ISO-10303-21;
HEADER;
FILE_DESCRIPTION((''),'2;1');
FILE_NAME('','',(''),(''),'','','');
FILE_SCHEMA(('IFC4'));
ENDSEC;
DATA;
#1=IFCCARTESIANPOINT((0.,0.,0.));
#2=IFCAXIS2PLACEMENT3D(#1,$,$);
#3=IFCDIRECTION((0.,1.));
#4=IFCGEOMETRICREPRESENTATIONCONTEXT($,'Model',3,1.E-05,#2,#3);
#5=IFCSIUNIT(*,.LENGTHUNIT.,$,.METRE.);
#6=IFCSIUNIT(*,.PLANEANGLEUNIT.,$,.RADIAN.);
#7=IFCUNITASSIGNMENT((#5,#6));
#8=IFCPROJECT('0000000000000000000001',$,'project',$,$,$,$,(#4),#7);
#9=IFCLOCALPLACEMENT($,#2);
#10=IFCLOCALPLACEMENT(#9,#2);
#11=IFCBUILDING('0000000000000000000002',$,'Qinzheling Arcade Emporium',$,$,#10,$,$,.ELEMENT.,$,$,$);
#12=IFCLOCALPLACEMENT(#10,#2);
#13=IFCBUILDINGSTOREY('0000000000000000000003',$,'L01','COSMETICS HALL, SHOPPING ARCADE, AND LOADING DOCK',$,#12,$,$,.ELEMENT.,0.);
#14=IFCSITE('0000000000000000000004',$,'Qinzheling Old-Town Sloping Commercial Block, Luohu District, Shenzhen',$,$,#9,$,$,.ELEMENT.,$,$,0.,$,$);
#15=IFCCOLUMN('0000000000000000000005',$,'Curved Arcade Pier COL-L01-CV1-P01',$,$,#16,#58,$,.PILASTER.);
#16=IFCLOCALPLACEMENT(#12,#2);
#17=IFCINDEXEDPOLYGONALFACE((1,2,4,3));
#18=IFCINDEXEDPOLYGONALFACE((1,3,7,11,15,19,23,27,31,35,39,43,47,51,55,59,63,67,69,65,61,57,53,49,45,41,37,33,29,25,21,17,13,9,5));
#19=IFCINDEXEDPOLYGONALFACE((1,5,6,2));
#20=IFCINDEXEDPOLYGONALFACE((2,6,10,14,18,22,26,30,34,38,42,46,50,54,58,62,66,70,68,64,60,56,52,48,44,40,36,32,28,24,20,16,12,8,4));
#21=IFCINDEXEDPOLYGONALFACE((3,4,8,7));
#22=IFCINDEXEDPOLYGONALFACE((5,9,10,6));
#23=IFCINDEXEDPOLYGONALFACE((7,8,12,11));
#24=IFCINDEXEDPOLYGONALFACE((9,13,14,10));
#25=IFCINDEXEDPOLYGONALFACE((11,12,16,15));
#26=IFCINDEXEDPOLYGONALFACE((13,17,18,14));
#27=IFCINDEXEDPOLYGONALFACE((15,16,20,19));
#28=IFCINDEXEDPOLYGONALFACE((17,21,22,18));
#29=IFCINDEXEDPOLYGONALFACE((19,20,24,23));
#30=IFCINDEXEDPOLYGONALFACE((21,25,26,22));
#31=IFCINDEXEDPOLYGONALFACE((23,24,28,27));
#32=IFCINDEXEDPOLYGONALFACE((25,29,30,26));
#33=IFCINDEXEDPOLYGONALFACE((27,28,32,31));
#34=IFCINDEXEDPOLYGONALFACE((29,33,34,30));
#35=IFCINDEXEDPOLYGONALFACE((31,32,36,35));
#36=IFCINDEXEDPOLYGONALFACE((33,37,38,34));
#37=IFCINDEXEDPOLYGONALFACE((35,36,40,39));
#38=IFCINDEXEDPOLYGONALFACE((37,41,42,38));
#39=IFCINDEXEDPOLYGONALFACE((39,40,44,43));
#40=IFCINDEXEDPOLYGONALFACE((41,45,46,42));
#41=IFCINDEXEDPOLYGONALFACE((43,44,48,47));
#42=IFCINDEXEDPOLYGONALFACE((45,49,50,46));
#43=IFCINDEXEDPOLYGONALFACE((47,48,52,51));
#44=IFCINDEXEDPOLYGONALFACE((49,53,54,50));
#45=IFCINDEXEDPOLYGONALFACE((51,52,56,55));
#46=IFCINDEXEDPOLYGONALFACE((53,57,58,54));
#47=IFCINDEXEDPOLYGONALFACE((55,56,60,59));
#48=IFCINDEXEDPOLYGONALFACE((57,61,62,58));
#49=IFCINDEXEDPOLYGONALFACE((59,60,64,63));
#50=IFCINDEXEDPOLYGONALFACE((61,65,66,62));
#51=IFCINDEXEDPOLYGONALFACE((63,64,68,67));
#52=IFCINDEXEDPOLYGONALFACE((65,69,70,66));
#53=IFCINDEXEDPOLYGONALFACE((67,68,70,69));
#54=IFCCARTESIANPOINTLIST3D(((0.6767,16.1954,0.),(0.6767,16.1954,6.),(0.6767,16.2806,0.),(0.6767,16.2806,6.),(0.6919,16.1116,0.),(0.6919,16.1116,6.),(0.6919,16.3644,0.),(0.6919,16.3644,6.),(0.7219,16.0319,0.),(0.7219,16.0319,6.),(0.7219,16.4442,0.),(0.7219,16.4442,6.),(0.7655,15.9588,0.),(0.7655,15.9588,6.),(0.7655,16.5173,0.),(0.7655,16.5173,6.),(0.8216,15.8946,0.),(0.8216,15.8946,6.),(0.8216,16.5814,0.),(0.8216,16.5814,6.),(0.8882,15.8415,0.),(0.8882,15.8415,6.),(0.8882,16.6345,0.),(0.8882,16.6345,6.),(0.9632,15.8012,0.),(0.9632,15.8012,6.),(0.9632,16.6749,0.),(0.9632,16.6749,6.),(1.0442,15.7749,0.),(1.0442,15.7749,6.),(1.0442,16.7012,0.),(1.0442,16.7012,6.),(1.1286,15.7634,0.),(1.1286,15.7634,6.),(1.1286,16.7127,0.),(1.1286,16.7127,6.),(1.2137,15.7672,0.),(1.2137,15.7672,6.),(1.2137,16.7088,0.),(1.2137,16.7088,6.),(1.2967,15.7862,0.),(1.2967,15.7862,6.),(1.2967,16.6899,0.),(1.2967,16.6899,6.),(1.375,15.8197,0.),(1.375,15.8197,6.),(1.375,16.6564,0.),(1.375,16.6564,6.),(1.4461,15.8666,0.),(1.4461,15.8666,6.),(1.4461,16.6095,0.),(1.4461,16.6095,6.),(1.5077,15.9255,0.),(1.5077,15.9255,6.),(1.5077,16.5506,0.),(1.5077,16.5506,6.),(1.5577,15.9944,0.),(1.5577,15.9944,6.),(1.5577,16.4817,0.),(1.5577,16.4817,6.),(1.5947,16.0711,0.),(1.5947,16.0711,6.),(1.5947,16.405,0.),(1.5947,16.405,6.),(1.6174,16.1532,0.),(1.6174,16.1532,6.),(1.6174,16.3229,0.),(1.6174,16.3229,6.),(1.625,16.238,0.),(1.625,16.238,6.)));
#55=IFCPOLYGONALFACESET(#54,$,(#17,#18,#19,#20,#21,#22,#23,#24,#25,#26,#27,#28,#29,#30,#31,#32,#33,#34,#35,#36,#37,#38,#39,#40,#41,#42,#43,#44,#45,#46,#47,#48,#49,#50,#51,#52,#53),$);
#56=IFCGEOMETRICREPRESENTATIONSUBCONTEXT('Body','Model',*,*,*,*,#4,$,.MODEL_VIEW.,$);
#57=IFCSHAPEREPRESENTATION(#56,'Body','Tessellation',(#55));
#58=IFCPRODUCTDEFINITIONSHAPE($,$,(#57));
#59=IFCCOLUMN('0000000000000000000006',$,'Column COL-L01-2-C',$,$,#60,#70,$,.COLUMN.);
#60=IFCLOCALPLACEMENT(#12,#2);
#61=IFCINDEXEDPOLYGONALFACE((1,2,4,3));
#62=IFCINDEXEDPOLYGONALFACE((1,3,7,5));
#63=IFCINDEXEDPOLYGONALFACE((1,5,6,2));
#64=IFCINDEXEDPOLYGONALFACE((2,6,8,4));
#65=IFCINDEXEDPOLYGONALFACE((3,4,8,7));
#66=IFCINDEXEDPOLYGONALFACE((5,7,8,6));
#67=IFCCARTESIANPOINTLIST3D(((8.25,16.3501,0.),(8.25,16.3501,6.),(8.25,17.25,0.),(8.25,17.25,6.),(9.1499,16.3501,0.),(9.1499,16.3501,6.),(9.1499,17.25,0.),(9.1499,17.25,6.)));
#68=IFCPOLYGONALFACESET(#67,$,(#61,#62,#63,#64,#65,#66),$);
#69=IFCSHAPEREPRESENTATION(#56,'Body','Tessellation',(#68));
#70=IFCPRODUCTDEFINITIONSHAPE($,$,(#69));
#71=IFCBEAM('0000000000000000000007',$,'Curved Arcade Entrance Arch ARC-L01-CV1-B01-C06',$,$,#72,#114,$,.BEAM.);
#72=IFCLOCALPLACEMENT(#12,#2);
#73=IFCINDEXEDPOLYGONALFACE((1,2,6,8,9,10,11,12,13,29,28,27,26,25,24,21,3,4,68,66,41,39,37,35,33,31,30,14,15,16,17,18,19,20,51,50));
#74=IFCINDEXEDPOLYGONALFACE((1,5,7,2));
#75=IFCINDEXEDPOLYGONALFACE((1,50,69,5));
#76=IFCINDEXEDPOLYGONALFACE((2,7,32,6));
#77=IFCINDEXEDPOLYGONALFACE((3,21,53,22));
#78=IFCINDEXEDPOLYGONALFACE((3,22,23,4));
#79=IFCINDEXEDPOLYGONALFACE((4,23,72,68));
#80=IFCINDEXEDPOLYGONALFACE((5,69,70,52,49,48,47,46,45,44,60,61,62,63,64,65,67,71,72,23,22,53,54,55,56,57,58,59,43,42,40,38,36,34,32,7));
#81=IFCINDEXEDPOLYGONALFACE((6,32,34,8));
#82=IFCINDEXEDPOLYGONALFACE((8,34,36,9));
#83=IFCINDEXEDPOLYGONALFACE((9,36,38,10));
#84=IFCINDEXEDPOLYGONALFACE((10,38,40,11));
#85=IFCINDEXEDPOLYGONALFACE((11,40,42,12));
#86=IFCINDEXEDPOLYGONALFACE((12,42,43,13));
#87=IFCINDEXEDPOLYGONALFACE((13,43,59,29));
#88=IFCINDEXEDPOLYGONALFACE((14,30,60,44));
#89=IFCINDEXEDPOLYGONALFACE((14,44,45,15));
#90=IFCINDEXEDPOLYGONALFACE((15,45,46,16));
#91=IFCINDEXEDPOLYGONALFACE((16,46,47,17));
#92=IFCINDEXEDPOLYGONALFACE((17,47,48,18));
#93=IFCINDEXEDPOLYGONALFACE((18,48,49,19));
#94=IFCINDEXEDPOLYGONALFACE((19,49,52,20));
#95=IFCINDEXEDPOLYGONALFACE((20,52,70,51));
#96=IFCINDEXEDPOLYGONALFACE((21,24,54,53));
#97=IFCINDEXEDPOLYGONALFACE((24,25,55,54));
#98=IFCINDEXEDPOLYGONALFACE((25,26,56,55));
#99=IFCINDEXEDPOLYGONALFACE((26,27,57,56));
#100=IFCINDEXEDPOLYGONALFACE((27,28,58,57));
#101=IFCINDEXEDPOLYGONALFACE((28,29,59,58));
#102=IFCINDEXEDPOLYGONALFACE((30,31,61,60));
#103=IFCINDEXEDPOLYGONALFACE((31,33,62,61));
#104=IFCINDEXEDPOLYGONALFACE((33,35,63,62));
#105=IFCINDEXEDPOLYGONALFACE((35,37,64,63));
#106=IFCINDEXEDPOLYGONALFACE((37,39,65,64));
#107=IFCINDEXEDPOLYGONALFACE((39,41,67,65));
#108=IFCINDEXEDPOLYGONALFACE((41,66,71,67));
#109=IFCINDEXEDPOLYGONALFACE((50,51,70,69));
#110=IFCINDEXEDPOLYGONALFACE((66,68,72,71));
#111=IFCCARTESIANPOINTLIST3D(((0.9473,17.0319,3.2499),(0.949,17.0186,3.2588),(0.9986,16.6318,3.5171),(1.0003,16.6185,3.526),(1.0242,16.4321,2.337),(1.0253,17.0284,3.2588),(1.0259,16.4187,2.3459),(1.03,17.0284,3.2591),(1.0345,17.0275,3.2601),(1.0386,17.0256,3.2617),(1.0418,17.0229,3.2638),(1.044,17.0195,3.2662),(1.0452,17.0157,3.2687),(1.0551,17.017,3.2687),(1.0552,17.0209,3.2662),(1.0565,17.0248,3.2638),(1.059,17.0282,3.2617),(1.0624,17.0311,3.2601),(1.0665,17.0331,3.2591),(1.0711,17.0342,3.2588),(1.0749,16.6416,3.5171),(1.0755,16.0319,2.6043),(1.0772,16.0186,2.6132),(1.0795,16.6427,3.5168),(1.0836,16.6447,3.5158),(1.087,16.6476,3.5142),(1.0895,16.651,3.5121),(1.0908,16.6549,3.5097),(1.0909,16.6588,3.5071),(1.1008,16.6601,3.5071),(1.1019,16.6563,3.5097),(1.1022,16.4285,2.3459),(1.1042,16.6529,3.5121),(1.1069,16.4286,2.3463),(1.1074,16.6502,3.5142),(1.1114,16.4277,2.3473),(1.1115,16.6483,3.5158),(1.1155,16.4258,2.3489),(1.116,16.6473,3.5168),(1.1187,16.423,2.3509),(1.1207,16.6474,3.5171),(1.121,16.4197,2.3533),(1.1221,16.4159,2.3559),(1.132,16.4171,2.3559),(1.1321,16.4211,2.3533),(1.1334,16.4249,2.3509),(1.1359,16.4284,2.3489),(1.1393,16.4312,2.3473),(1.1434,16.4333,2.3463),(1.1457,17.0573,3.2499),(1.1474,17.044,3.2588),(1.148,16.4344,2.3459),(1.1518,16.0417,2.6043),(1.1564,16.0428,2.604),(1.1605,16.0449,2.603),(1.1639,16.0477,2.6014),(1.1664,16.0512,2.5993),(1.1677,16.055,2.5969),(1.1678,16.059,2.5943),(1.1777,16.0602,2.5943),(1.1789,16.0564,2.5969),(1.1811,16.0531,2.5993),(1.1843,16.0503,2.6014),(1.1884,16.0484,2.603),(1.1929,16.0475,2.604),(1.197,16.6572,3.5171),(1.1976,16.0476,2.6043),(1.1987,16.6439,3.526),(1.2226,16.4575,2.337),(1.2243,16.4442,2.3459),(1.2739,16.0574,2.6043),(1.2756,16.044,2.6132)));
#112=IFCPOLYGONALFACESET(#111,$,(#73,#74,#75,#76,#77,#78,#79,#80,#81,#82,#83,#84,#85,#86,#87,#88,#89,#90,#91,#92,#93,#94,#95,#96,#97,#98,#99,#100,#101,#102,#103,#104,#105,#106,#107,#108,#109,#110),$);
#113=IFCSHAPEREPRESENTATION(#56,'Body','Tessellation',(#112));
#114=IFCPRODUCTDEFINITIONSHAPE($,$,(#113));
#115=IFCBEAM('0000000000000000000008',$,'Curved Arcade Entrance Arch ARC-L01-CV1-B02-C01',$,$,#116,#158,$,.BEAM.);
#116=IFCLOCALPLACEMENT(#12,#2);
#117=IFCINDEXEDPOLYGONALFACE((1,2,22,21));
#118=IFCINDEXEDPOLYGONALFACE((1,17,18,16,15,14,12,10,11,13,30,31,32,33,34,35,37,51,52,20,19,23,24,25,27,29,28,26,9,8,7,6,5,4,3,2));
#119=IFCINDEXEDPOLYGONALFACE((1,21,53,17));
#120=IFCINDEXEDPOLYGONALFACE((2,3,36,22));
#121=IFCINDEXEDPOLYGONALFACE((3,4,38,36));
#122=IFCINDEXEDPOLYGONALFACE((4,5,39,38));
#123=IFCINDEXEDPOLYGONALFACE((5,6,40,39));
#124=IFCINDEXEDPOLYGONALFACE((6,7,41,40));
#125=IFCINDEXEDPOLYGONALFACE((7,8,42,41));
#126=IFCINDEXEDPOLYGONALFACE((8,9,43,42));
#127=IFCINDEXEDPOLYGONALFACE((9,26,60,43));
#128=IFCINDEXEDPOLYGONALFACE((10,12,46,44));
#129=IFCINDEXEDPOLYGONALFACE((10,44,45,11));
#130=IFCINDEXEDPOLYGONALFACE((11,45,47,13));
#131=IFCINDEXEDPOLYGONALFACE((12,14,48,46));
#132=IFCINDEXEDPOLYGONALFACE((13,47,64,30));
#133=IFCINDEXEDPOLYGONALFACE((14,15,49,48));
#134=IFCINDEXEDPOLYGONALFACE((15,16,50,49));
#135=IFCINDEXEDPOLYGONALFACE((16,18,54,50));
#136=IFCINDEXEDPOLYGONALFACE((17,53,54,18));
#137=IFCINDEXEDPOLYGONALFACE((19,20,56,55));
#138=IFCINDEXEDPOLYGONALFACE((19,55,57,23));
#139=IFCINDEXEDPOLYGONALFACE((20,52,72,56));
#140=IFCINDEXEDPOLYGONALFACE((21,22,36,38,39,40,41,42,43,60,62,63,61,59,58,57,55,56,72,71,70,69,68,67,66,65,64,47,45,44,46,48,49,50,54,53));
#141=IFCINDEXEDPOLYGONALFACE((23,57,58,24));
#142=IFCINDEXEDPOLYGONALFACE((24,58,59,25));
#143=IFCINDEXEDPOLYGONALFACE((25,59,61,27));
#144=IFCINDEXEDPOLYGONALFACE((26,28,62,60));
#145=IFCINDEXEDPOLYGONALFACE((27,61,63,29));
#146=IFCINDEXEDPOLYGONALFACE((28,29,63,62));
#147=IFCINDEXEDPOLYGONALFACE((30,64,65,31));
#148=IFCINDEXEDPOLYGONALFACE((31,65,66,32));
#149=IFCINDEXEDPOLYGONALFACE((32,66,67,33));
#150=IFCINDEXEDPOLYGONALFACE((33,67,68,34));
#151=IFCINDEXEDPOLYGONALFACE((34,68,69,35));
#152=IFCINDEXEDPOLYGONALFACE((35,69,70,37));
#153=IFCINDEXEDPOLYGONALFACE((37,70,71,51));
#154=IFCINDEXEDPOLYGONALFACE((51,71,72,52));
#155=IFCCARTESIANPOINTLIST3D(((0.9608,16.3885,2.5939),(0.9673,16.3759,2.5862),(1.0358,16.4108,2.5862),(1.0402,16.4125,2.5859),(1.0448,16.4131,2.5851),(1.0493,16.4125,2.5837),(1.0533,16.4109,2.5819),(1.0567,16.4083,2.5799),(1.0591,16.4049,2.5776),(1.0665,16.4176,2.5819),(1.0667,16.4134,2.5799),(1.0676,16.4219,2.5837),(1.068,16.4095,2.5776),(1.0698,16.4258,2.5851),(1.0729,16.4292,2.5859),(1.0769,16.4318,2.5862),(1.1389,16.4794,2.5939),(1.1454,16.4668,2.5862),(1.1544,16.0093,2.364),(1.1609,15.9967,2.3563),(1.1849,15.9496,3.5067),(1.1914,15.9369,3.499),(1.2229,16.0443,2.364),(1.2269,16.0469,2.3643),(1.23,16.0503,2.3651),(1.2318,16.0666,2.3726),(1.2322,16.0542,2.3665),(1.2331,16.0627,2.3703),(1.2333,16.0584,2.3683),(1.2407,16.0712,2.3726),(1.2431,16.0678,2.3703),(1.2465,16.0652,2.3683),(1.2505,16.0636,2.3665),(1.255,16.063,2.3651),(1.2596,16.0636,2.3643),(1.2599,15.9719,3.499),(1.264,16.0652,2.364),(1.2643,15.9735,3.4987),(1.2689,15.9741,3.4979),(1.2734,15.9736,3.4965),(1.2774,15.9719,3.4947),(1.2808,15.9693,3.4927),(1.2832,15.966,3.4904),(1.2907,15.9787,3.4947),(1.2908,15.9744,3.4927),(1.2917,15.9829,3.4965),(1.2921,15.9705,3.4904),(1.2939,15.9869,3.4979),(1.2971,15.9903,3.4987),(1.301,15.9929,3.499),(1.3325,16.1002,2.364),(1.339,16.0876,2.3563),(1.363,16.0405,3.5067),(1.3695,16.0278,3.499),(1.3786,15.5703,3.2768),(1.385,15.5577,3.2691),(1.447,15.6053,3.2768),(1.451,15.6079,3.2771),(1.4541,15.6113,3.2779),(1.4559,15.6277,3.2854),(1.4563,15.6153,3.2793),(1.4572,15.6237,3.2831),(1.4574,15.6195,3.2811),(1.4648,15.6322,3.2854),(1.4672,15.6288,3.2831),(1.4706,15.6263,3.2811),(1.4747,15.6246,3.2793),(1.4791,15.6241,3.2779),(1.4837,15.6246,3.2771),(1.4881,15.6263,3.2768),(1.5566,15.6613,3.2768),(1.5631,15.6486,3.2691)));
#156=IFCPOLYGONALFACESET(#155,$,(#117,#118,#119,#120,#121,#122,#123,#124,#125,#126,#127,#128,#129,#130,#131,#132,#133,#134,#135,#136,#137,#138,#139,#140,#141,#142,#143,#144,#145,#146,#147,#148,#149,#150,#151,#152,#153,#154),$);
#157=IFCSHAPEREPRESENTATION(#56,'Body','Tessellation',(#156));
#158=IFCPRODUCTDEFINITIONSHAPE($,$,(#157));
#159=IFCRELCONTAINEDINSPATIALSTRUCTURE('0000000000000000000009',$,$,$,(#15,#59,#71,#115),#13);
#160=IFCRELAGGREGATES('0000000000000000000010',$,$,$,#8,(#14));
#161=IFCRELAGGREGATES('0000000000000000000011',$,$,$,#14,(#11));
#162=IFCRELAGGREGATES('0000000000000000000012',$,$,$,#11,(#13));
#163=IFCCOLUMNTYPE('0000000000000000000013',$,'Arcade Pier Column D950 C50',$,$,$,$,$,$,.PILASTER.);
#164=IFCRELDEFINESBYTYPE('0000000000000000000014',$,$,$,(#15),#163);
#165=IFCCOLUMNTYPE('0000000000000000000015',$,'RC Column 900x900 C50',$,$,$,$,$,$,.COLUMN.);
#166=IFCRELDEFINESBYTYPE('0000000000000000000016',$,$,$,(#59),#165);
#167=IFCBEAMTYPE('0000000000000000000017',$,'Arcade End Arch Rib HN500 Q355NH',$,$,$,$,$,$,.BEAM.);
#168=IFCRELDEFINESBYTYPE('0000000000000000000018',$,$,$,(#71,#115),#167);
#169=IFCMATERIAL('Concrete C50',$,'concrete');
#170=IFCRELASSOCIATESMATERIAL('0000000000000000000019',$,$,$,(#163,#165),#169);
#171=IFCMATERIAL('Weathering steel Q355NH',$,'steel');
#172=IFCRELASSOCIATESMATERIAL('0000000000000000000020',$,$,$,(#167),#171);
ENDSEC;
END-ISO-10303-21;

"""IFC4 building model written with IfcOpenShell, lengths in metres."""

from ifc_helpers import new_model, si_unit, direction, frame, origin, origin_2d, place, context, subcontext, project, spatial, rectangle, circle, i_section, extrude, material, material_profile, profile_set, type_object, element, save


model = new_model("IFC4")

# Units and contexts
model_context = context("Model", 3, precision=1e-05, world=origin(), true_north=direction((0.0, 1.0)))
body_context = subcontext(model_context, "Body", "Model", "MODEL_VIEW")
ifc_project = project(units=[si_unit("LENGTHUNIT", "METRE"), si_unit("PLANEANGLEUNIT", "RADIAN")], contexts=[model_context])

# Site, building, storey
site_placement = place(None, origin())
site = spatial("IfcSite", under=ifc_project, at=site_placement, Name="Qinzheling Old-Town Sloping Commercial Block, Luohu District, Shenzhen", CompositionType="ELEMENT", RefElevation=0.0)
building_placement = place(site_placement, origin())
building = spatial("IfcBuilding", under=site, at=building_placement, Name="Qinzheling Arcade Emporium", CompositionType="ELEMENT")
storey_placement = place(building_placement, origin())
storey = spatial("IfcBuildingStorey", under=building, at=storey_placement, Name="L01", Description="COSMETICS HALL, SHOPPING ARCADE, AND LOADING DOCK", CompositionType="ELEMENT", Elevation=0.0)

# Columns
ifc_material_1 = material(Name="Concrete C50", Category="concrete")
ifc_material_profile_1 = material_profile(ifc_material_1, circle(Radius=0.4751, at=origin_2d()), Name="RC D950", Category="concrete")
ifc_profile_set_1 = profile_set([ifc_material_profile_1], Name="Concrete C50")
column_type_1 = type_object("IfcColumnType", Name="Arcade Pier Column D950 C50", PredefinedType="PILASTER", material=ifc_profile_set_1)
column_1_placement = place(storey_placement, frame((1.1499, 16.238, 0.0), z_axis=(0.0, 0.0, 1.0), x_axis=(1.0, 0.0, 0.0)))
element("IfcColumn", 1, at=column_1_placement, inside=storey, type_object=column_type_1, Name="Curved Arcade Pier COL-L01-CV1-P01", PredefinedType="PILASTER", context=body_context, shape_type="SweptSolid", body=[
    extrude(circle(Radius=0.4751, at=origin_2d()), origin(), (0.0, 0.0, 1.0), 6.0),
])
ifc_material_profile_2 = material_profile(ifc_material_1, rectangle(XDim=0.8999, YDim=0.8999, at=origin_2d()), Name="RC 900x900", Category="concrete")
ifc_profile_set_2 = profile_set([ifc_material_profile_2], Name="Concrete C50")
column_type_2 = type_object("IfcColumnType", Name="RC Column 900x900 C50", PredefinedType="COLUMN", material=ifc_profile_set_2)
column_2_placement = place(storey_placement, frame((8.7, 16.8, 0.0), z_axis=(0.0, 0.0, 1.0), x_axis=(1.0, 0.0, 0.0)))
element("IfcColumn", 2, at=column_2_placement, inside=storey, type_object=column_type_2, Name="Column COL-L01-2-C", PredefinedType="COLUMN", context=body_context, shape_type="SweptSolid", body=[
    extrude(rectangle(XDim=0.8999, YDim=0.8999, at=origin_2d()), origin(), (0.0, 0.0, 1.0), 6.0),
])

# Beams
ifc_material_2 = material(Name="Weathering steel Q355NH", Category="steel")
ifc_material_profile_3 = material_profile(ifc_material_2, i_section(OverallWidth=0.2, OverallDepth=0.5, WebThickness=0.01, FlangeThickness=0.0161, FilletRadius=0.0181, at=origin_2d()), Name="HN 500x200x10x16", Category="steel")
ifc_profile_set_3 = profile_set([ifc_material_profile_3], Name="Weathering steel Q355NH")
beam_type_1 = type_object("IfcBeamType", Name="Arcade End Arch Rib HN500 Q355NH", PredefinedType="BEAM", material=ifc_profile_set_3)
beam_1_placement = place(storey_placement, frame((1.073, 16.8379, 3.3879), z_axis=(0.070232, -0.547813, -0.833648), x_axis=(0.991882, 0.127164, 0.0)))
element("IfcBeam", 3, at=beam_1_placement, inside=storey, type_object=beam_type_1, Name="Curved Arcade Entrance Arch ARC-L01-CV1-B01-C06", PredefinedType="BEAM", context=body_context, shape_type="SweptSolid", body=[
    extrude(i_section(OverallWidth=0.2, OverallDepth=0.5, WebThickness=0.01, FlangeThickness=0.0161, FilletRadius=0.0181, at=origin_2d()), origin(), (0.0, 0.0, 1.0), 1.095),
])
beam_2_placement = place(storey_placement, frame((1.1499, 16.238, 2.4751), z_axis=(0.216041, -0.423139, 0.879932), x_axis=(0.890631, 0.454727, 0.0)))
element("IfcBeam", 4, at=beam_2_placement, inside=storey, type_object=beam_type_1, Name="Curved Arcade Entrance Arch ARC-L01-CV1-B02-C01", PredefinedType="BEAM", context=body_context, shape_type="SweptSolid", body=[
    extrude(i_section(OverallWidth=0.2, OverallDepth=0.5, WebThickness=0.01, FlangeThickness=0.0161, FilletRadius=0.0181, at=origin_2d()), origin(), (0.0, 0.0, 1.0), 1.0374),
])

save(model, "model.ifc")
